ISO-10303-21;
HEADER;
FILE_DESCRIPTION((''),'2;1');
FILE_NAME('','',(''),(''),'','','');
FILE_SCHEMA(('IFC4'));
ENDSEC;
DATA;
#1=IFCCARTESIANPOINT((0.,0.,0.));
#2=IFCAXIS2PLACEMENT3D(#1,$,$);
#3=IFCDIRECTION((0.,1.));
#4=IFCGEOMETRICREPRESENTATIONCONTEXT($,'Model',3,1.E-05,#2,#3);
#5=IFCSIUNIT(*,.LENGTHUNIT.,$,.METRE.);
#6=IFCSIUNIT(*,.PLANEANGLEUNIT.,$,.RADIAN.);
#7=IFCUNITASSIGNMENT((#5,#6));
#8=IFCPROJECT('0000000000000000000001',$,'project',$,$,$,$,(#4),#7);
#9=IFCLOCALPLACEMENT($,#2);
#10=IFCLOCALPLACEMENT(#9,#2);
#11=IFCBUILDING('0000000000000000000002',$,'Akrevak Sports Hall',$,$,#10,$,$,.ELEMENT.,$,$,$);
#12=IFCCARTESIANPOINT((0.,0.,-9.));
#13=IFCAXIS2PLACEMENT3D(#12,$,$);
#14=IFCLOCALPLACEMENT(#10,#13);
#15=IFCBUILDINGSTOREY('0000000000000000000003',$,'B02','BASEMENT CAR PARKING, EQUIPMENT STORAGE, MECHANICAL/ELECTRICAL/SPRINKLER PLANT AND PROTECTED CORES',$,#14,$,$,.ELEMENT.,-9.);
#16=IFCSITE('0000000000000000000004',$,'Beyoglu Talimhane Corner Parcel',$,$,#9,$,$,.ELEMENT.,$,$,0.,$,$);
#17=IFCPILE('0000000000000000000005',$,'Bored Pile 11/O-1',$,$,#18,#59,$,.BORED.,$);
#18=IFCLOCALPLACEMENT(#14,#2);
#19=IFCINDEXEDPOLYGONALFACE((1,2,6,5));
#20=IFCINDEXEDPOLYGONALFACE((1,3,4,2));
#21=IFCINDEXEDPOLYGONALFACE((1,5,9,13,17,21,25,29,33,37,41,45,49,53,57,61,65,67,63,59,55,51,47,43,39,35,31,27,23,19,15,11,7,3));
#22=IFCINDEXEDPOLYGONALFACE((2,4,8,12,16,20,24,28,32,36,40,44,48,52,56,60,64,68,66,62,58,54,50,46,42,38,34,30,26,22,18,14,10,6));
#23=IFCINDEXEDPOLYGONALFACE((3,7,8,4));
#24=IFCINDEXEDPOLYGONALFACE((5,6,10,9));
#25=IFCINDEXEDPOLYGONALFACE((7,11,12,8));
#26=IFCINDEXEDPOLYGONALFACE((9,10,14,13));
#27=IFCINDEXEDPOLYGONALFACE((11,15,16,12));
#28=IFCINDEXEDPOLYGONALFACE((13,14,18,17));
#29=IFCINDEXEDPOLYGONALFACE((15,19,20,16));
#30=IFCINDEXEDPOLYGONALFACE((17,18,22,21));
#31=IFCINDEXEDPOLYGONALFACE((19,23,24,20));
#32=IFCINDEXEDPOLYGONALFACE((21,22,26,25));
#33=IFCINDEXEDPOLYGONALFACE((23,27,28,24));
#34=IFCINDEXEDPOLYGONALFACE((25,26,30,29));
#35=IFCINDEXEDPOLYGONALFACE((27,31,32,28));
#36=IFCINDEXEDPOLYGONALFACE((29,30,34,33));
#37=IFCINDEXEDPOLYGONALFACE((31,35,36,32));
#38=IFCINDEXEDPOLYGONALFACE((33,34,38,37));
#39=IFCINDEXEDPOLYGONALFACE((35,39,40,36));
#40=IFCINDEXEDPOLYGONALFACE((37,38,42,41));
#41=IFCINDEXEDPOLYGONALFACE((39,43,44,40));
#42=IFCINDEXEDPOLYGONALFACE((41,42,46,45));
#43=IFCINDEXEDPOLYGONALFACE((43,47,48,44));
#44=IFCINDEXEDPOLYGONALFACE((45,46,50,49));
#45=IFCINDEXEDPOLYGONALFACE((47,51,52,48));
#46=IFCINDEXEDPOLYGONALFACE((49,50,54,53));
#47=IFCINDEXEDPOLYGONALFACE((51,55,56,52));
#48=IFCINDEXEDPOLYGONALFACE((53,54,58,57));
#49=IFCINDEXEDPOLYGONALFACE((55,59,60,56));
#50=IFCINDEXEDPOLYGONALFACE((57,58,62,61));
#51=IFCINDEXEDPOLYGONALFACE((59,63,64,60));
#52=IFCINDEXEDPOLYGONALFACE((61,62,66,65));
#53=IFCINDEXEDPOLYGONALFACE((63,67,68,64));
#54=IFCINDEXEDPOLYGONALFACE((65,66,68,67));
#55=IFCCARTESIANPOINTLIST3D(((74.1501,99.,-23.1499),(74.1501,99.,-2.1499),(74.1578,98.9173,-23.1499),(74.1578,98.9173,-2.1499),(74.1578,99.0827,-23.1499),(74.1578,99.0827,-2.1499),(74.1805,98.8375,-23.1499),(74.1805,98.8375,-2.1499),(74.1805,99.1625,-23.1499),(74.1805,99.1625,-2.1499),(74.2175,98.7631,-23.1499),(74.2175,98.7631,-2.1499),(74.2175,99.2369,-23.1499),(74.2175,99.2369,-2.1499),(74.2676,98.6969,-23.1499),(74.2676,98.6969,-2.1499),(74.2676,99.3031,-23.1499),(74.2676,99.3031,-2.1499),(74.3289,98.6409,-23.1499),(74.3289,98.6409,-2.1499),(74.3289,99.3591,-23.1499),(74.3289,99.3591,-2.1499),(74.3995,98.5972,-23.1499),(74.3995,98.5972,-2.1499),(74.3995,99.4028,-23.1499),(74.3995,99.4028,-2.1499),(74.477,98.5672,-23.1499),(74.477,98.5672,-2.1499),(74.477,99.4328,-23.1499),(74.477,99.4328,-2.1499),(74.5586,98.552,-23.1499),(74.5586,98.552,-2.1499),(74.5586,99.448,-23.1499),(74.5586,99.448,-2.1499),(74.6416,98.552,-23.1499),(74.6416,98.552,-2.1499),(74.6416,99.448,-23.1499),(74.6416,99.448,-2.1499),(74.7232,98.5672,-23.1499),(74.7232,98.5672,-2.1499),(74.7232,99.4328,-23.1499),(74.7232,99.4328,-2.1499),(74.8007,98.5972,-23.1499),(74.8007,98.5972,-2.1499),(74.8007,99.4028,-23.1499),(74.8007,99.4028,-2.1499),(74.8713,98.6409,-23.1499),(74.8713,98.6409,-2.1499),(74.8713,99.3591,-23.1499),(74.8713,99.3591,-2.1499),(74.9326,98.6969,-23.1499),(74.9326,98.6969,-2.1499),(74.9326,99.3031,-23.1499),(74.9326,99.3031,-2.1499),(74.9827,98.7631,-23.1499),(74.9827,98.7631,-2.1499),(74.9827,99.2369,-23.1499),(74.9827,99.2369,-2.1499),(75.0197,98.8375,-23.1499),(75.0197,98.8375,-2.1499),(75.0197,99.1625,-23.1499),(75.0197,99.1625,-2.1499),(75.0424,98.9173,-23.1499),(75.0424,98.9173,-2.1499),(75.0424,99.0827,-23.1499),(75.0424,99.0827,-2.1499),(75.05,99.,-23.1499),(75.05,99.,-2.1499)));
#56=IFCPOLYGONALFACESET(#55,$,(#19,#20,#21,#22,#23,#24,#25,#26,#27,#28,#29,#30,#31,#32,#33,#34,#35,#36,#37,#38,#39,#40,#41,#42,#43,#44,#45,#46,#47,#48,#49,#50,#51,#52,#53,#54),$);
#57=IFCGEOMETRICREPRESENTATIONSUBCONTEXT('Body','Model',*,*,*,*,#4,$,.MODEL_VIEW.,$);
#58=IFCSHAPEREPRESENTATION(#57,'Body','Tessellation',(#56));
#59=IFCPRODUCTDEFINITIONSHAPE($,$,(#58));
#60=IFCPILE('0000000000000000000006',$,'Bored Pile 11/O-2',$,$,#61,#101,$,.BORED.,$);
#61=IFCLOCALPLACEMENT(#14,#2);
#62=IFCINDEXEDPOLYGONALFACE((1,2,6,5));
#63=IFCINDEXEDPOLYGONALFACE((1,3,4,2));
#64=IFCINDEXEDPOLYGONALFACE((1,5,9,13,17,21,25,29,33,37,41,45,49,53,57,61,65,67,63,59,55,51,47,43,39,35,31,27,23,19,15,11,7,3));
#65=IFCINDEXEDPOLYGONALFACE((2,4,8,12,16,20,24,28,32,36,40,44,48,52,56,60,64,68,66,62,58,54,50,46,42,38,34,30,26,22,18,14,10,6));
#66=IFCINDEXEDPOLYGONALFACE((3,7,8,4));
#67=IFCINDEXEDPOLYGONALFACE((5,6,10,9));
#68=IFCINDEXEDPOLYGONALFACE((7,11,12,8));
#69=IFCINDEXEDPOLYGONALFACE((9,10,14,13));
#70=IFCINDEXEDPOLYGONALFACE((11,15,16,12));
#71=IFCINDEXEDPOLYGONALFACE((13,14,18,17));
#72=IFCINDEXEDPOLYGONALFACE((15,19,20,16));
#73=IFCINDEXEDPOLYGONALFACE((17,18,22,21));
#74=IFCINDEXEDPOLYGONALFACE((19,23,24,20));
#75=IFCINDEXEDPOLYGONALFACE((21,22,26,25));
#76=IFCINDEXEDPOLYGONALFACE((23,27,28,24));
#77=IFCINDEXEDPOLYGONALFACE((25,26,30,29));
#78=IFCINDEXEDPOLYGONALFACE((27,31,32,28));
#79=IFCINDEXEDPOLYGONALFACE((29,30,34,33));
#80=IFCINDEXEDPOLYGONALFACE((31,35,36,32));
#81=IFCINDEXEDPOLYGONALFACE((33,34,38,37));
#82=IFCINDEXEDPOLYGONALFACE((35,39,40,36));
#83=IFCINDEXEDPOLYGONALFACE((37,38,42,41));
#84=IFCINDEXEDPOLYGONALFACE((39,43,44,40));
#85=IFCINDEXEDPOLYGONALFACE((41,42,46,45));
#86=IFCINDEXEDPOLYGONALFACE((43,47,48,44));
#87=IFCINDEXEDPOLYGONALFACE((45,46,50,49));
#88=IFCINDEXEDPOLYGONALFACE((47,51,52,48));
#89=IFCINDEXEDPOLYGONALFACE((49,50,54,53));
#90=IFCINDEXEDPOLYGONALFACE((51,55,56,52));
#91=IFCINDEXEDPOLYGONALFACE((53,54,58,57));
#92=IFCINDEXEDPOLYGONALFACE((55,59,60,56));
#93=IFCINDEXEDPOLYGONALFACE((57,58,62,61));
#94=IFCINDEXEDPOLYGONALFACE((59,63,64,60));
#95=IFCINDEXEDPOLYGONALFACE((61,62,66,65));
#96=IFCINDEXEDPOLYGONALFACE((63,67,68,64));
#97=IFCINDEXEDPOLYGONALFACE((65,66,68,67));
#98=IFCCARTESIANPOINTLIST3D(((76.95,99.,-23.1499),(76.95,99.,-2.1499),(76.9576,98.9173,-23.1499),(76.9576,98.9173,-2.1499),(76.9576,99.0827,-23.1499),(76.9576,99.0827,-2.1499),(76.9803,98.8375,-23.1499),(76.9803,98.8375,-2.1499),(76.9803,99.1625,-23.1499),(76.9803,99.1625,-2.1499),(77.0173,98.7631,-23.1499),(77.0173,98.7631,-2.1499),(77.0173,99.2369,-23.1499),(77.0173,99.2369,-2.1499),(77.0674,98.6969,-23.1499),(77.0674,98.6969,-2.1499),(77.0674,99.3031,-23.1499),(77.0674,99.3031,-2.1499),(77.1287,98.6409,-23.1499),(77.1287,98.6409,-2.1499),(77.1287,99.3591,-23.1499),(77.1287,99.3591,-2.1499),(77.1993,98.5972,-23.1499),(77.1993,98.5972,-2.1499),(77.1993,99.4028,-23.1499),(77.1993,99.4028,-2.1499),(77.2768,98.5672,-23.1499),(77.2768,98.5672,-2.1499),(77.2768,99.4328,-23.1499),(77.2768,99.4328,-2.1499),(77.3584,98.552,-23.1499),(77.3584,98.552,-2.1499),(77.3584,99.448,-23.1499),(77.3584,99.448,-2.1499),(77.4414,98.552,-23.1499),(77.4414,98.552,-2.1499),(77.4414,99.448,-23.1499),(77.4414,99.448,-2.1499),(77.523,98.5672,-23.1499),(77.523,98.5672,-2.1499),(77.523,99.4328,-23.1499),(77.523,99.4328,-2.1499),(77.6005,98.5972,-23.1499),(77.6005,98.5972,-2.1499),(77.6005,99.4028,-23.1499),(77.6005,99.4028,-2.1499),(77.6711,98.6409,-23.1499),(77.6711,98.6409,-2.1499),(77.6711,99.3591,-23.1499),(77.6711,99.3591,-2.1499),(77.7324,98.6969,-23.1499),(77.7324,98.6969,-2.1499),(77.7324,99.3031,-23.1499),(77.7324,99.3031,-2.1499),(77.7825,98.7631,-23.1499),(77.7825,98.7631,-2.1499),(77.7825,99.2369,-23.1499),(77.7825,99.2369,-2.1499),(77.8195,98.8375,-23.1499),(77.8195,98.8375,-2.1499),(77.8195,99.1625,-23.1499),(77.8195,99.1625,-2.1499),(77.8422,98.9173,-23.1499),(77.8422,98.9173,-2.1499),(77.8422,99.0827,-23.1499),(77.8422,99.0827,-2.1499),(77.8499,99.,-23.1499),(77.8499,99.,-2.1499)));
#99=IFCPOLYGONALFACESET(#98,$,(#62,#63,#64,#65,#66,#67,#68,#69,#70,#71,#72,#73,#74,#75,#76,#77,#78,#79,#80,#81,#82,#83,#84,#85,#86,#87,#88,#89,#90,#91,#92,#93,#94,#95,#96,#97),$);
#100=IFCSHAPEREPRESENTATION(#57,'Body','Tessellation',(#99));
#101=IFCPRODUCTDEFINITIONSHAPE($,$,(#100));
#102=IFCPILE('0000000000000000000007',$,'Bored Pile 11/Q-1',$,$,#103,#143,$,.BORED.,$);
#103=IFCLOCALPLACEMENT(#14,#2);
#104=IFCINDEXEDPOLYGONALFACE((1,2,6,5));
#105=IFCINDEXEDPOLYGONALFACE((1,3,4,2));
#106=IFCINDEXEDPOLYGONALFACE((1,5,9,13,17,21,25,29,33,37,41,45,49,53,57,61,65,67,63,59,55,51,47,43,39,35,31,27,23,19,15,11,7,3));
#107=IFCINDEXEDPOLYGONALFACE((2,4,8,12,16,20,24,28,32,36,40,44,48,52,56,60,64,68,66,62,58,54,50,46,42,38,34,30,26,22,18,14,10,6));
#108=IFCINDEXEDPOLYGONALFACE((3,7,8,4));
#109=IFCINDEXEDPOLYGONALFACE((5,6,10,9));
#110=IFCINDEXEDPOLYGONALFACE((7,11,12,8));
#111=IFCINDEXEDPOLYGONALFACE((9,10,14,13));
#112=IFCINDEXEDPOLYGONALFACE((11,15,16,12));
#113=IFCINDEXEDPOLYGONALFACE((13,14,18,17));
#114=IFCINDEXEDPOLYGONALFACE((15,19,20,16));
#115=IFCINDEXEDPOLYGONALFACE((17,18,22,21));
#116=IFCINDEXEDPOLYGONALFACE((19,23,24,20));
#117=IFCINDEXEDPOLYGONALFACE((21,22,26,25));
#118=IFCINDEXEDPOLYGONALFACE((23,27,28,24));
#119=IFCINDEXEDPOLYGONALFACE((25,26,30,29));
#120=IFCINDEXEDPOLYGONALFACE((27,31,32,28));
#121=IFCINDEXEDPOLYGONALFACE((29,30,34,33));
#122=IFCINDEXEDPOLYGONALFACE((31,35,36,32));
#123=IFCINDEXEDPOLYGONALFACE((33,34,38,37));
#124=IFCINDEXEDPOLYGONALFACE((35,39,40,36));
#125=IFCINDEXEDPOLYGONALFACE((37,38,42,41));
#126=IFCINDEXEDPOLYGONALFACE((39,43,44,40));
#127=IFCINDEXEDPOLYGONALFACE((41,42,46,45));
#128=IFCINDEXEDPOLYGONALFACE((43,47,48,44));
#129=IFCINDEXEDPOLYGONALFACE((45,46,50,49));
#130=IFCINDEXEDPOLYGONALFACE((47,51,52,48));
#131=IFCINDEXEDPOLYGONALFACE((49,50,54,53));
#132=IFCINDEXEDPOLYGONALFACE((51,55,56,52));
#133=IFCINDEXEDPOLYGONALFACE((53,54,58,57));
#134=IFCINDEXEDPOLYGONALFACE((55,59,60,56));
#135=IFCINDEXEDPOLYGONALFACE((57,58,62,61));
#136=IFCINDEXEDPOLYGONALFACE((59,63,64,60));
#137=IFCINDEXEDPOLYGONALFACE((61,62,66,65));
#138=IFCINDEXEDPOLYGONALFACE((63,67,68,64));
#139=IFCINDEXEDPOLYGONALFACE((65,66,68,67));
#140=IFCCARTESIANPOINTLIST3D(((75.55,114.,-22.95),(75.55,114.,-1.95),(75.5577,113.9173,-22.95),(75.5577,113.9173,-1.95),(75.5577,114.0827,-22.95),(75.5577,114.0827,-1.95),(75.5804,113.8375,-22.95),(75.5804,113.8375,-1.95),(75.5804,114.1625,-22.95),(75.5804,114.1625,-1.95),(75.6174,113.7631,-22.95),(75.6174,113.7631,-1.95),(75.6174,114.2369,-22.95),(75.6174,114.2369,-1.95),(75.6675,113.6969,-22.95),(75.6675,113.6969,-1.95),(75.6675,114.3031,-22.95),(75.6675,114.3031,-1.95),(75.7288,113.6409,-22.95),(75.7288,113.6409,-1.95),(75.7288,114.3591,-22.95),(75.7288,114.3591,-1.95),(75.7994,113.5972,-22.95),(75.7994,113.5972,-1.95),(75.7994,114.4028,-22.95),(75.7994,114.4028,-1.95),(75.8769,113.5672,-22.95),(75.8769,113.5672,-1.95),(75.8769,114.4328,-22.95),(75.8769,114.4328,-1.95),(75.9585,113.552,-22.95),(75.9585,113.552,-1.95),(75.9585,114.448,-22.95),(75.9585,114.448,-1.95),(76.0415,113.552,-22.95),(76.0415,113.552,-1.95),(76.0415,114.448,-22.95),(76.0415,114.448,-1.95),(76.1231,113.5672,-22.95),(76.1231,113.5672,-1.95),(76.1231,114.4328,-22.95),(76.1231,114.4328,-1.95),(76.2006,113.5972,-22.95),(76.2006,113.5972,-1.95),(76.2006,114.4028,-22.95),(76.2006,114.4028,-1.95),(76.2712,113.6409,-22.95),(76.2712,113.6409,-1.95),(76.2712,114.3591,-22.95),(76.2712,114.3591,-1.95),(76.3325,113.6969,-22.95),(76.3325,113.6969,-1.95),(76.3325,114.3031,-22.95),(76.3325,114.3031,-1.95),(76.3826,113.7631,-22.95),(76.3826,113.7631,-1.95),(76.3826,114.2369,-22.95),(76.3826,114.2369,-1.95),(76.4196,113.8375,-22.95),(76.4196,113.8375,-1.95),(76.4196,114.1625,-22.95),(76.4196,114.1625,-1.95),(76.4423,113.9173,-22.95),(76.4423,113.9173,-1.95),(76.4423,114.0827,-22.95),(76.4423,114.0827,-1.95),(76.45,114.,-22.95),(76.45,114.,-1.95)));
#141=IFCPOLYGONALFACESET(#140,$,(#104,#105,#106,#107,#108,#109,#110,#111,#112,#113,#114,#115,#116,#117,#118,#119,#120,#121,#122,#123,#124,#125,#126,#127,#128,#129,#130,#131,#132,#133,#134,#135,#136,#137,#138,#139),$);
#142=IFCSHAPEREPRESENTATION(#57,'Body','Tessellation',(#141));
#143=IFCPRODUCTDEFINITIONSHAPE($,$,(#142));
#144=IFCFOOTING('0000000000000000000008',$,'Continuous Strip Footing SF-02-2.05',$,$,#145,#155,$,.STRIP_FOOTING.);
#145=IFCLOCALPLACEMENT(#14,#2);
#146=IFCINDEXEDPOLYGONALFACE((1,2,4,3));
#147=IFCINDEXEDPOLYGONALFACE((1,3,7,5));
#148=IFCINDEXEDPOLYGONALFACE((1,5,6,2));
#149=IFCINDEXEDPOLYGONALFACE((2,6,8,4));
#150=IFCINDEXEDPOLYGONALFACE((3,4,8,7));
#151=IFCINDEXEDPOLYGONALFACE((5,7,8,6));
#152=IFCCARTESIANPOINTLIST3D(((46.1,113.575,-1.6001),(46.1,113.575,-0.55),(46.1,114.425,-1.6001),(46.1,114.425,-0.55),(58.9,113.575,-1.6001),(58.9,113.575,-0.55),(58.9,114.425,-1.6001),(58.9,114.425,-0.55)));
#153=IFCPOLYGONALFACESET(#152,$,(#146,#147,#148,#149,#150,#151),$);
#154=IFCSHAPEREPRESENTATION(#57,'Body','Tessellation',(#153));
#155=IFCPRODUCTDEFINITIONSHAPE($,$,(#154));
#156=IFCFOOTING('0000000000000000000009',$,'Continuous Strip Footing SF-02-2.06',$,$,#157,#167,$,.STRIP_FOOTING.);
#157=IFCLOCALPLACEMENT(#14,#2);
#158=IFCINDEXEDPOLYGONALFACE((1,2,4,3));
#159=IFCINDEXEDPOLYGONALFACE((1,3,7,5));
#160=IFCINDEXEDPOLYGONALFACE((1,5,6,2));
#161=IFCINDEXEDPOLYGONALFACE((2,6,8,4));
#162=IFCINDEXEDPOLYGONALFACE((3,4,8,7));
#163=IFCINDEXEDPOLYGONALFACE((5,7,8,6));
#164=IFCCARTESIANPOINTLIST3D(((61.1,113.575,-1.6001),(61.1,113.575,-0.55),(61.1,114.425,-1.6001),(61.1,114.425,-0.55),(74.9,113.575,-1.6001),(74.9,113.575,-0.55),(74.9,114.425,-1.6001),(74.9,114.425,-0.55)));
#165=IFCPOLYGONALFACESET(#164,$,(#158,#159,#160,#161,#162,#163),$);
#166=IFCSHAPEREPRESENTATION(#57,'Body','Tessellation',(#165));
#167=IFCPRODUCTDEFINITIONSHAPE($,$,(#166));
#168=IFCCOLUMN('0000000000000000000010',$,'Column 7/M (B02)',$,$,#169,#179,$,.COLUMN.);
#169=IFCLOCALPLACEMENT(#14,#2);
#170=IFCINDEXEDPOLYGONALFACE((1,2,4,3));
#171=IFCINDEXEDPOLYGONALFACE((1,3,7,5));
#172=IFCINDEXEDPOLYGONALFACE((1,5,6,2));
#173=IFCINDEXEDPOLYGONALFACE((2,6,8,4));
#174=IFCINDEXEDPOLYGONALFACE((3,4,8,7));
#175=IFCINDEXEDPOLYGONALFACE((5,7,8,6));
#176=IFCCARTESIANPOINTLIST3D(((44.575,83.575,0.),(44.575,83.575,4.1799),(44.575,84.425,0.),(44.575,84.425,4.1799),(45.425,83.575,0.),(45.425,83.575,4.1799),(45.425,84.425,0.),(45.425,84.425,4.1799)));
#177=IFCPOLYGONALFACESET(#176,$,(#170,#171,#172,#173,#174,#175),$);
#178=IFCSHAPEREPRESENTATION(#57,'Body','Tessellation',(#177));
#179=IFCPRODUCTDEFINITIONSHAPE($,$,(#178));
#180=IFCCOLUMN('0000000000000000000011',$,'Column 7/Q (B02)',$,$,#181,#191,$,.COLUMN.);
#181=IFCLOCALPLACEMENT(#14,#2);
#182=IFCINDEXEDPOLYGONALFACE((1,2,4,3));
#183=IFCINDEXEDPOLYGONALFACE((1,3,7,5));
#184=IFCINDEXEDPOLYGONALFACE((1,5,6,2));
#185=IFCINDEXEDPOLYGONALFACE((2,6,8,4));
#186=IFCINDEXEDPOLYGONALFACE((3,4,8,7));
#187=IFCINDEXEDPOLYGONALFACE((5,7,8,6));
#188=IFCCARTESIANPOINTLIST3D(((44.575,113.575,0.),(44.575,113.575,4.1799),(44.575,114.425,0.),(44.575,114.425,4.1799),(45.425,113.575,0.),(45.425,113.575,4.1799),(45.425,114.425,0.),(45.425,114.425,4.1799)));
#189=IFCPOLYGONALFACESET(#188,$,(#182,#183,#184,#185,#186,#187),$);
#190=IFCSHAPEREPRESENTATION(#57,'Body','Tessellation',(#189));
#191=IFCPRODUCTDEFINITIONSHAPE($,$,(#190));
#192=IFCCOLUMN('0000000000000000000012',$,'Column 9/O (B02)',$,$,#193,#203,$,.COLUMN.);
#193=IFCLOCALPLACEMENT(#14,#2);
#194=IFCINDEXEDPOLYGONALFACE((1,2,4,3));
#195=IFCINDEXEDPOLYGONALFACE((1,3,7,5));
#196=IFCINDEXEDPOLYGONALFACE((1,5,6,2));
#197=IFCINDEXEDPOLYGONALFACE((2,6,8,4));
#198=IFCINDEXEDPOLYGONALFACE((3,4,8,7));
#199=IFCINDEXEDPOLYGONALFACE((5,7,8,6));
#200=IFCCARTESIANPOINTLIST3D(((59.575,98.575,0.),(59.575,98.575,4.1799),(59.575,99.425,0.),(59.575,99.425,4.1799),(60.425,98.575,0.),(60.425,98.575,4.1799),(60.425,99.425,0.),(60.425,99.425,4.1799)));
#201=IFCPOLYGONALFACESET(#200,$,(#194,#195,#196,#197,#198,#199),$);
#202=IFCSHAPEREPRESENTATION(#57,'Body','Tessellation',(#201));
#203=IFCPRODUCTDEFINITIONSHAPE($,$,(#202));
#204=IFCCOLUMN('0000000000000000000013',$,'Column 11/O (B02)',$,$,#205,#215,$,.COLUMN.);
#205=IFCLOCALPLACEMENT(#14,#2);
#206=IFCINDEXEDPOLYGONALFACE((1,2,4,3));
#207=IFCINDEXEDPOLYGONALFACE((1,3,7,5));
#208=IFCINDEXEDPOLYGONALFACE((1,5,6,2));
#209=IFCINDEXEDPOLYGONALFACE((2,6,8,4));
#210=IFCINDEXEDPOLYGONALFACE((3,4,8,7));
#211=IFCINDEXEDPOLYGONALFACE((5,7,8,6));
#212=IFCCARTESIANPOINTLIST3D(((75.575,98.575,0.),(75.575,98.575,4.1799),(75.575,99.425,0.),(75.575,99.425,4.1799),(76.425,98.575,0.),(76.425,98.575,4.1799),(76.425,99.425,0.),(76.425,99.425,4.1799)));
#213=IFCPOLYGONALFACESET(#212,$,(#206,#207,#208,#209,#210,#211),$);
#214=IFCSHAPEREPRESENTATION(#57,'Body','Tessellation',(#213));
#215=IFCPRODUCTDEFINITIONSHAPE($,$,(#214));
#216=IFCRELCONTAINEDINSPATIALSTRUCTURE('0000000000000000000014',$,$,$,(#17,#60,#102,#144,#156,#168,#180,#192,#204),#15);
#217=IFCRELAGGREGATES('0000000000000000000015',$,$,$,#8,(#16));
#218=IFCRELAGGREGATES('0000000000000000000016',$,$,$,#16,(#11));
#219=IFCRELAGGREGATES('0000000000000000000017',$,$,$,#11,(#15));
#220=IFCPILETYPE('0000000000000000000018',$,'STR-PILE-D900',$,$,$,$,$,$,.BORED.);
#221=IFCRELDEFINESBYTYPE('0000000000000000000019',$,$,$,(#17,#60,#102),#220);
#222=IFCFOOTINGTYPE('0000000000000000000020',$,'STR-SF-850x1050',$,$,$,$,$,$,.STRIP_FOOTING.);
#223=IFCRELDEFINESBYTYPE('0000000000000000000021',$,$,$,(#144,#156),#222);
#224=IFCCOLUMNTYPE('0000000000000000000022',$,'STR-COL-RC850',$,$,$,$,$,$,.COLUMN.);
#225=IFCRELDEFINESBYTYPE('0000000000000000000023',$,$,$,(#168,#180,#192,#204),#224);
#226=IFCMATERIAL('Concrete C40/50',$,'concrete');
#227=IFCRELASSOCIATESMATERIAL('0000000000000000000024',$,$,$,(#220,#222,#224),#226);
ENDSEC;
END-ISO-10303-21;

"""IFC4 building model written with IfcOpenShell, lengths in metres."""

from ifc_helpers import new_model, si_unit, direction, frame, origin, origin_2d, place, context, subcontext, project, spatial, rectangle, circle, extrude, material, material_profile, profile_set, type_object, element, save


model = new_model("IFC4")

# Units and contexts
model_context = context("Model", 3, precision=1e-05, world=origin(), true_north=direction((0.0, 1.0)))
body_context = subcontext(model_context, "Body", "Model", "MODEL_VIEW")
ifc_project = project(units=[si_unit("LENGTHUNIT", "METRE"), si_unit("PLANEANGLEUNIT", "RADIAN")], contexts=[model_context])

# Site, building, storey
site_placement = place(None, origin())
site = spatial("IfcSite", under=ifc_project, at=site_placement, Name="Beyoglu Talimhane Corner Parcel", CompositionType="ELEMENT", RefElevation=0.0)
building_placement = place(site_placement, origin())
building = spatial("IfcBuilding", under=site, at=building_placement, Name="Akrevak Sports Hall", CompositionType="ELEMENT")
storey_placement = place(building_placement, frame((0.0, 0.0, -9.0)))
storey = spatial("IfcBuildingStorey", under=building, at=storey_placement, Name="B02", Description="BASEMENT CAR PARKING, EQUIPMENT STORAGE, MECHANICAL/ELECTRICAL/SPRINKLER PLANT AND PROTECTED CORES", CompositionType="ELEMENT", Elevation=-9.0)

# Shared definitions
ifc_material_1 = material(Name="Concrete C40/50", Category="concrete")

# Piles
ifc_material_profile_1 = material_profile(ifc_material_1, circle(Radius=0.45, at=origin_2d()), Name="BORED PILE D900", Category="concrete")
ifc_profile_set_1 = profile_set([ifc_material_profile_1], Name="Concrete C40/50")
pile_type = type_object("IfcPileType", Name="STR-PILE-D900", PredefinedType="BORED", material=ifc_profile_set_1)
for number, where, z_axis, x_axis, name in (
    (1, (74.6001, 99.0, -2.1499), (0.0, 0.0, -1.0), (1.0, 0.0, 0.0), "Bored Pile 11/O-1"),
    (2, (77.3999, 99.0, -2.1499), (0.0, 0.0, -1.0), (1.0, 0.0, 0.0), "Bored Pile 11/O-2"),
    (3, (76.0, 114.0, -1.95), (0.0, 0.0, -1.0), (1.0, 0.0, 0.0), "Bored Pile 11/Q-1"),
):
    element("IfcPile", number, at=place(storey_placement, frame(where, z_axis=z_axis, x_axis=x_axis)), inside=storey, type_object=pile_type, Name=name, PredefinedType="BORED", context=body_context, shape_type="SweptSolid", body=[
        extrude(circle(Radius=0.45, at=origin_2d()), origin(), (0.0, 0.0, 1.0), 21.0),
    ])

# Footings
footing_type_1 = type_object("IfcFootingType", Name="STR-SF-850x1050", PredefinedType="STRIP_FOOTING", material=ifc_material_1)
footing_1_placement = place(storey_placement, frame((52.5, 114.0, -1.6001), z_axis=(0.0, 0.0, 1.0), x_axis=(1.0, 0.0, 0.0)))
element("IfcFooting", 4, at=footing_1_placement, inside=storey, type_object=footing_type_1, Name="Continuous Strip Footing SF-02-2.05", PredefinedType="STRIP_FOOTING", context=body_context, shape_type="SweptSolid", body=[
    extrude(rectangle(XDim=12.8, YDim=0.8501, at=origin_2d()), origin(), (0.0, 0.0, 1.0), 1.05),
])
footing_2_placement = place(storey_placement, frame((68.0, 114.0, -1.6001), z_axis=(0.0, 0.0, 1.0), x_axis=(1.0, 0.0, 0.0)))
element("IfcFooting", 5, at=footing_2_placement, inside=storey, type_object=footing_type_1, Name="Continuous Strip Footing SF-02-2.06", PredefinedType="STRIP_FOOTING", context=body_context, shape_type="SweptSolid", body=[
    extrude(rectangle(XDim=13.8, YDim=0.8501, at=origin_2d()), origin(), (0.0, 0.0, 1.0), 1.05),
])

# Columns
ifc_material_profile_2 = material_profile(ifc_material_1, rectangle(XDim=0.8501, YDim=0.8501, at=origin_2d()), Name="RC 850x850", Category="concrete")
ifc_profile_set_2 = profile_set([ifc_material_profile_2], Name="Concrete C40/50")
column_type_1 = type_object("IfcColumnType", Name="STR-COL-RC850", PredefinedType="COLUMN", material=ifc_profile_set_2)
for number, where, z_axis, x_axis, name in (
    (6, (45.0, 84.0, 0.0), (0.0, 0.0, 1.0), (1.0, 0.0, 0.0), "Column 7/M (B02)"),
    (7, (45.0, 114.0, 0.0), (0.0, 0.0, 1.0), (1.0, 0.0, 0.0), "Column 7/Q (B02)"),
    (8, (60.0, 99.0, 0.0), (0.0, 0.0, 1.0), (1.0, 0.0, 0.0), "Column 9/O (B02)"),
    (9, (76.0, 99.0, 0.0), (0.0, 0.0, 1.0), (1.0, 0.0, 0.0), "Column 11/O (B02)"),
):
    element("IfcColumn", number, at=place(storey_placement, frame(where, z_axis=z_axis, x_axis=x_axis)), inside=storey, type_object=column_type_1, Name=name, PredefinedType="COLUMN", context=body_context, shape_type="SweptSolid", body=[
        extrude(rectangle(XDim=0.8501, YDim=0.8501, at=origin_2d()), origin(), (0.0, 0.0, 1.0), 4.1799),
    ])

save(model, "model.ifc")
